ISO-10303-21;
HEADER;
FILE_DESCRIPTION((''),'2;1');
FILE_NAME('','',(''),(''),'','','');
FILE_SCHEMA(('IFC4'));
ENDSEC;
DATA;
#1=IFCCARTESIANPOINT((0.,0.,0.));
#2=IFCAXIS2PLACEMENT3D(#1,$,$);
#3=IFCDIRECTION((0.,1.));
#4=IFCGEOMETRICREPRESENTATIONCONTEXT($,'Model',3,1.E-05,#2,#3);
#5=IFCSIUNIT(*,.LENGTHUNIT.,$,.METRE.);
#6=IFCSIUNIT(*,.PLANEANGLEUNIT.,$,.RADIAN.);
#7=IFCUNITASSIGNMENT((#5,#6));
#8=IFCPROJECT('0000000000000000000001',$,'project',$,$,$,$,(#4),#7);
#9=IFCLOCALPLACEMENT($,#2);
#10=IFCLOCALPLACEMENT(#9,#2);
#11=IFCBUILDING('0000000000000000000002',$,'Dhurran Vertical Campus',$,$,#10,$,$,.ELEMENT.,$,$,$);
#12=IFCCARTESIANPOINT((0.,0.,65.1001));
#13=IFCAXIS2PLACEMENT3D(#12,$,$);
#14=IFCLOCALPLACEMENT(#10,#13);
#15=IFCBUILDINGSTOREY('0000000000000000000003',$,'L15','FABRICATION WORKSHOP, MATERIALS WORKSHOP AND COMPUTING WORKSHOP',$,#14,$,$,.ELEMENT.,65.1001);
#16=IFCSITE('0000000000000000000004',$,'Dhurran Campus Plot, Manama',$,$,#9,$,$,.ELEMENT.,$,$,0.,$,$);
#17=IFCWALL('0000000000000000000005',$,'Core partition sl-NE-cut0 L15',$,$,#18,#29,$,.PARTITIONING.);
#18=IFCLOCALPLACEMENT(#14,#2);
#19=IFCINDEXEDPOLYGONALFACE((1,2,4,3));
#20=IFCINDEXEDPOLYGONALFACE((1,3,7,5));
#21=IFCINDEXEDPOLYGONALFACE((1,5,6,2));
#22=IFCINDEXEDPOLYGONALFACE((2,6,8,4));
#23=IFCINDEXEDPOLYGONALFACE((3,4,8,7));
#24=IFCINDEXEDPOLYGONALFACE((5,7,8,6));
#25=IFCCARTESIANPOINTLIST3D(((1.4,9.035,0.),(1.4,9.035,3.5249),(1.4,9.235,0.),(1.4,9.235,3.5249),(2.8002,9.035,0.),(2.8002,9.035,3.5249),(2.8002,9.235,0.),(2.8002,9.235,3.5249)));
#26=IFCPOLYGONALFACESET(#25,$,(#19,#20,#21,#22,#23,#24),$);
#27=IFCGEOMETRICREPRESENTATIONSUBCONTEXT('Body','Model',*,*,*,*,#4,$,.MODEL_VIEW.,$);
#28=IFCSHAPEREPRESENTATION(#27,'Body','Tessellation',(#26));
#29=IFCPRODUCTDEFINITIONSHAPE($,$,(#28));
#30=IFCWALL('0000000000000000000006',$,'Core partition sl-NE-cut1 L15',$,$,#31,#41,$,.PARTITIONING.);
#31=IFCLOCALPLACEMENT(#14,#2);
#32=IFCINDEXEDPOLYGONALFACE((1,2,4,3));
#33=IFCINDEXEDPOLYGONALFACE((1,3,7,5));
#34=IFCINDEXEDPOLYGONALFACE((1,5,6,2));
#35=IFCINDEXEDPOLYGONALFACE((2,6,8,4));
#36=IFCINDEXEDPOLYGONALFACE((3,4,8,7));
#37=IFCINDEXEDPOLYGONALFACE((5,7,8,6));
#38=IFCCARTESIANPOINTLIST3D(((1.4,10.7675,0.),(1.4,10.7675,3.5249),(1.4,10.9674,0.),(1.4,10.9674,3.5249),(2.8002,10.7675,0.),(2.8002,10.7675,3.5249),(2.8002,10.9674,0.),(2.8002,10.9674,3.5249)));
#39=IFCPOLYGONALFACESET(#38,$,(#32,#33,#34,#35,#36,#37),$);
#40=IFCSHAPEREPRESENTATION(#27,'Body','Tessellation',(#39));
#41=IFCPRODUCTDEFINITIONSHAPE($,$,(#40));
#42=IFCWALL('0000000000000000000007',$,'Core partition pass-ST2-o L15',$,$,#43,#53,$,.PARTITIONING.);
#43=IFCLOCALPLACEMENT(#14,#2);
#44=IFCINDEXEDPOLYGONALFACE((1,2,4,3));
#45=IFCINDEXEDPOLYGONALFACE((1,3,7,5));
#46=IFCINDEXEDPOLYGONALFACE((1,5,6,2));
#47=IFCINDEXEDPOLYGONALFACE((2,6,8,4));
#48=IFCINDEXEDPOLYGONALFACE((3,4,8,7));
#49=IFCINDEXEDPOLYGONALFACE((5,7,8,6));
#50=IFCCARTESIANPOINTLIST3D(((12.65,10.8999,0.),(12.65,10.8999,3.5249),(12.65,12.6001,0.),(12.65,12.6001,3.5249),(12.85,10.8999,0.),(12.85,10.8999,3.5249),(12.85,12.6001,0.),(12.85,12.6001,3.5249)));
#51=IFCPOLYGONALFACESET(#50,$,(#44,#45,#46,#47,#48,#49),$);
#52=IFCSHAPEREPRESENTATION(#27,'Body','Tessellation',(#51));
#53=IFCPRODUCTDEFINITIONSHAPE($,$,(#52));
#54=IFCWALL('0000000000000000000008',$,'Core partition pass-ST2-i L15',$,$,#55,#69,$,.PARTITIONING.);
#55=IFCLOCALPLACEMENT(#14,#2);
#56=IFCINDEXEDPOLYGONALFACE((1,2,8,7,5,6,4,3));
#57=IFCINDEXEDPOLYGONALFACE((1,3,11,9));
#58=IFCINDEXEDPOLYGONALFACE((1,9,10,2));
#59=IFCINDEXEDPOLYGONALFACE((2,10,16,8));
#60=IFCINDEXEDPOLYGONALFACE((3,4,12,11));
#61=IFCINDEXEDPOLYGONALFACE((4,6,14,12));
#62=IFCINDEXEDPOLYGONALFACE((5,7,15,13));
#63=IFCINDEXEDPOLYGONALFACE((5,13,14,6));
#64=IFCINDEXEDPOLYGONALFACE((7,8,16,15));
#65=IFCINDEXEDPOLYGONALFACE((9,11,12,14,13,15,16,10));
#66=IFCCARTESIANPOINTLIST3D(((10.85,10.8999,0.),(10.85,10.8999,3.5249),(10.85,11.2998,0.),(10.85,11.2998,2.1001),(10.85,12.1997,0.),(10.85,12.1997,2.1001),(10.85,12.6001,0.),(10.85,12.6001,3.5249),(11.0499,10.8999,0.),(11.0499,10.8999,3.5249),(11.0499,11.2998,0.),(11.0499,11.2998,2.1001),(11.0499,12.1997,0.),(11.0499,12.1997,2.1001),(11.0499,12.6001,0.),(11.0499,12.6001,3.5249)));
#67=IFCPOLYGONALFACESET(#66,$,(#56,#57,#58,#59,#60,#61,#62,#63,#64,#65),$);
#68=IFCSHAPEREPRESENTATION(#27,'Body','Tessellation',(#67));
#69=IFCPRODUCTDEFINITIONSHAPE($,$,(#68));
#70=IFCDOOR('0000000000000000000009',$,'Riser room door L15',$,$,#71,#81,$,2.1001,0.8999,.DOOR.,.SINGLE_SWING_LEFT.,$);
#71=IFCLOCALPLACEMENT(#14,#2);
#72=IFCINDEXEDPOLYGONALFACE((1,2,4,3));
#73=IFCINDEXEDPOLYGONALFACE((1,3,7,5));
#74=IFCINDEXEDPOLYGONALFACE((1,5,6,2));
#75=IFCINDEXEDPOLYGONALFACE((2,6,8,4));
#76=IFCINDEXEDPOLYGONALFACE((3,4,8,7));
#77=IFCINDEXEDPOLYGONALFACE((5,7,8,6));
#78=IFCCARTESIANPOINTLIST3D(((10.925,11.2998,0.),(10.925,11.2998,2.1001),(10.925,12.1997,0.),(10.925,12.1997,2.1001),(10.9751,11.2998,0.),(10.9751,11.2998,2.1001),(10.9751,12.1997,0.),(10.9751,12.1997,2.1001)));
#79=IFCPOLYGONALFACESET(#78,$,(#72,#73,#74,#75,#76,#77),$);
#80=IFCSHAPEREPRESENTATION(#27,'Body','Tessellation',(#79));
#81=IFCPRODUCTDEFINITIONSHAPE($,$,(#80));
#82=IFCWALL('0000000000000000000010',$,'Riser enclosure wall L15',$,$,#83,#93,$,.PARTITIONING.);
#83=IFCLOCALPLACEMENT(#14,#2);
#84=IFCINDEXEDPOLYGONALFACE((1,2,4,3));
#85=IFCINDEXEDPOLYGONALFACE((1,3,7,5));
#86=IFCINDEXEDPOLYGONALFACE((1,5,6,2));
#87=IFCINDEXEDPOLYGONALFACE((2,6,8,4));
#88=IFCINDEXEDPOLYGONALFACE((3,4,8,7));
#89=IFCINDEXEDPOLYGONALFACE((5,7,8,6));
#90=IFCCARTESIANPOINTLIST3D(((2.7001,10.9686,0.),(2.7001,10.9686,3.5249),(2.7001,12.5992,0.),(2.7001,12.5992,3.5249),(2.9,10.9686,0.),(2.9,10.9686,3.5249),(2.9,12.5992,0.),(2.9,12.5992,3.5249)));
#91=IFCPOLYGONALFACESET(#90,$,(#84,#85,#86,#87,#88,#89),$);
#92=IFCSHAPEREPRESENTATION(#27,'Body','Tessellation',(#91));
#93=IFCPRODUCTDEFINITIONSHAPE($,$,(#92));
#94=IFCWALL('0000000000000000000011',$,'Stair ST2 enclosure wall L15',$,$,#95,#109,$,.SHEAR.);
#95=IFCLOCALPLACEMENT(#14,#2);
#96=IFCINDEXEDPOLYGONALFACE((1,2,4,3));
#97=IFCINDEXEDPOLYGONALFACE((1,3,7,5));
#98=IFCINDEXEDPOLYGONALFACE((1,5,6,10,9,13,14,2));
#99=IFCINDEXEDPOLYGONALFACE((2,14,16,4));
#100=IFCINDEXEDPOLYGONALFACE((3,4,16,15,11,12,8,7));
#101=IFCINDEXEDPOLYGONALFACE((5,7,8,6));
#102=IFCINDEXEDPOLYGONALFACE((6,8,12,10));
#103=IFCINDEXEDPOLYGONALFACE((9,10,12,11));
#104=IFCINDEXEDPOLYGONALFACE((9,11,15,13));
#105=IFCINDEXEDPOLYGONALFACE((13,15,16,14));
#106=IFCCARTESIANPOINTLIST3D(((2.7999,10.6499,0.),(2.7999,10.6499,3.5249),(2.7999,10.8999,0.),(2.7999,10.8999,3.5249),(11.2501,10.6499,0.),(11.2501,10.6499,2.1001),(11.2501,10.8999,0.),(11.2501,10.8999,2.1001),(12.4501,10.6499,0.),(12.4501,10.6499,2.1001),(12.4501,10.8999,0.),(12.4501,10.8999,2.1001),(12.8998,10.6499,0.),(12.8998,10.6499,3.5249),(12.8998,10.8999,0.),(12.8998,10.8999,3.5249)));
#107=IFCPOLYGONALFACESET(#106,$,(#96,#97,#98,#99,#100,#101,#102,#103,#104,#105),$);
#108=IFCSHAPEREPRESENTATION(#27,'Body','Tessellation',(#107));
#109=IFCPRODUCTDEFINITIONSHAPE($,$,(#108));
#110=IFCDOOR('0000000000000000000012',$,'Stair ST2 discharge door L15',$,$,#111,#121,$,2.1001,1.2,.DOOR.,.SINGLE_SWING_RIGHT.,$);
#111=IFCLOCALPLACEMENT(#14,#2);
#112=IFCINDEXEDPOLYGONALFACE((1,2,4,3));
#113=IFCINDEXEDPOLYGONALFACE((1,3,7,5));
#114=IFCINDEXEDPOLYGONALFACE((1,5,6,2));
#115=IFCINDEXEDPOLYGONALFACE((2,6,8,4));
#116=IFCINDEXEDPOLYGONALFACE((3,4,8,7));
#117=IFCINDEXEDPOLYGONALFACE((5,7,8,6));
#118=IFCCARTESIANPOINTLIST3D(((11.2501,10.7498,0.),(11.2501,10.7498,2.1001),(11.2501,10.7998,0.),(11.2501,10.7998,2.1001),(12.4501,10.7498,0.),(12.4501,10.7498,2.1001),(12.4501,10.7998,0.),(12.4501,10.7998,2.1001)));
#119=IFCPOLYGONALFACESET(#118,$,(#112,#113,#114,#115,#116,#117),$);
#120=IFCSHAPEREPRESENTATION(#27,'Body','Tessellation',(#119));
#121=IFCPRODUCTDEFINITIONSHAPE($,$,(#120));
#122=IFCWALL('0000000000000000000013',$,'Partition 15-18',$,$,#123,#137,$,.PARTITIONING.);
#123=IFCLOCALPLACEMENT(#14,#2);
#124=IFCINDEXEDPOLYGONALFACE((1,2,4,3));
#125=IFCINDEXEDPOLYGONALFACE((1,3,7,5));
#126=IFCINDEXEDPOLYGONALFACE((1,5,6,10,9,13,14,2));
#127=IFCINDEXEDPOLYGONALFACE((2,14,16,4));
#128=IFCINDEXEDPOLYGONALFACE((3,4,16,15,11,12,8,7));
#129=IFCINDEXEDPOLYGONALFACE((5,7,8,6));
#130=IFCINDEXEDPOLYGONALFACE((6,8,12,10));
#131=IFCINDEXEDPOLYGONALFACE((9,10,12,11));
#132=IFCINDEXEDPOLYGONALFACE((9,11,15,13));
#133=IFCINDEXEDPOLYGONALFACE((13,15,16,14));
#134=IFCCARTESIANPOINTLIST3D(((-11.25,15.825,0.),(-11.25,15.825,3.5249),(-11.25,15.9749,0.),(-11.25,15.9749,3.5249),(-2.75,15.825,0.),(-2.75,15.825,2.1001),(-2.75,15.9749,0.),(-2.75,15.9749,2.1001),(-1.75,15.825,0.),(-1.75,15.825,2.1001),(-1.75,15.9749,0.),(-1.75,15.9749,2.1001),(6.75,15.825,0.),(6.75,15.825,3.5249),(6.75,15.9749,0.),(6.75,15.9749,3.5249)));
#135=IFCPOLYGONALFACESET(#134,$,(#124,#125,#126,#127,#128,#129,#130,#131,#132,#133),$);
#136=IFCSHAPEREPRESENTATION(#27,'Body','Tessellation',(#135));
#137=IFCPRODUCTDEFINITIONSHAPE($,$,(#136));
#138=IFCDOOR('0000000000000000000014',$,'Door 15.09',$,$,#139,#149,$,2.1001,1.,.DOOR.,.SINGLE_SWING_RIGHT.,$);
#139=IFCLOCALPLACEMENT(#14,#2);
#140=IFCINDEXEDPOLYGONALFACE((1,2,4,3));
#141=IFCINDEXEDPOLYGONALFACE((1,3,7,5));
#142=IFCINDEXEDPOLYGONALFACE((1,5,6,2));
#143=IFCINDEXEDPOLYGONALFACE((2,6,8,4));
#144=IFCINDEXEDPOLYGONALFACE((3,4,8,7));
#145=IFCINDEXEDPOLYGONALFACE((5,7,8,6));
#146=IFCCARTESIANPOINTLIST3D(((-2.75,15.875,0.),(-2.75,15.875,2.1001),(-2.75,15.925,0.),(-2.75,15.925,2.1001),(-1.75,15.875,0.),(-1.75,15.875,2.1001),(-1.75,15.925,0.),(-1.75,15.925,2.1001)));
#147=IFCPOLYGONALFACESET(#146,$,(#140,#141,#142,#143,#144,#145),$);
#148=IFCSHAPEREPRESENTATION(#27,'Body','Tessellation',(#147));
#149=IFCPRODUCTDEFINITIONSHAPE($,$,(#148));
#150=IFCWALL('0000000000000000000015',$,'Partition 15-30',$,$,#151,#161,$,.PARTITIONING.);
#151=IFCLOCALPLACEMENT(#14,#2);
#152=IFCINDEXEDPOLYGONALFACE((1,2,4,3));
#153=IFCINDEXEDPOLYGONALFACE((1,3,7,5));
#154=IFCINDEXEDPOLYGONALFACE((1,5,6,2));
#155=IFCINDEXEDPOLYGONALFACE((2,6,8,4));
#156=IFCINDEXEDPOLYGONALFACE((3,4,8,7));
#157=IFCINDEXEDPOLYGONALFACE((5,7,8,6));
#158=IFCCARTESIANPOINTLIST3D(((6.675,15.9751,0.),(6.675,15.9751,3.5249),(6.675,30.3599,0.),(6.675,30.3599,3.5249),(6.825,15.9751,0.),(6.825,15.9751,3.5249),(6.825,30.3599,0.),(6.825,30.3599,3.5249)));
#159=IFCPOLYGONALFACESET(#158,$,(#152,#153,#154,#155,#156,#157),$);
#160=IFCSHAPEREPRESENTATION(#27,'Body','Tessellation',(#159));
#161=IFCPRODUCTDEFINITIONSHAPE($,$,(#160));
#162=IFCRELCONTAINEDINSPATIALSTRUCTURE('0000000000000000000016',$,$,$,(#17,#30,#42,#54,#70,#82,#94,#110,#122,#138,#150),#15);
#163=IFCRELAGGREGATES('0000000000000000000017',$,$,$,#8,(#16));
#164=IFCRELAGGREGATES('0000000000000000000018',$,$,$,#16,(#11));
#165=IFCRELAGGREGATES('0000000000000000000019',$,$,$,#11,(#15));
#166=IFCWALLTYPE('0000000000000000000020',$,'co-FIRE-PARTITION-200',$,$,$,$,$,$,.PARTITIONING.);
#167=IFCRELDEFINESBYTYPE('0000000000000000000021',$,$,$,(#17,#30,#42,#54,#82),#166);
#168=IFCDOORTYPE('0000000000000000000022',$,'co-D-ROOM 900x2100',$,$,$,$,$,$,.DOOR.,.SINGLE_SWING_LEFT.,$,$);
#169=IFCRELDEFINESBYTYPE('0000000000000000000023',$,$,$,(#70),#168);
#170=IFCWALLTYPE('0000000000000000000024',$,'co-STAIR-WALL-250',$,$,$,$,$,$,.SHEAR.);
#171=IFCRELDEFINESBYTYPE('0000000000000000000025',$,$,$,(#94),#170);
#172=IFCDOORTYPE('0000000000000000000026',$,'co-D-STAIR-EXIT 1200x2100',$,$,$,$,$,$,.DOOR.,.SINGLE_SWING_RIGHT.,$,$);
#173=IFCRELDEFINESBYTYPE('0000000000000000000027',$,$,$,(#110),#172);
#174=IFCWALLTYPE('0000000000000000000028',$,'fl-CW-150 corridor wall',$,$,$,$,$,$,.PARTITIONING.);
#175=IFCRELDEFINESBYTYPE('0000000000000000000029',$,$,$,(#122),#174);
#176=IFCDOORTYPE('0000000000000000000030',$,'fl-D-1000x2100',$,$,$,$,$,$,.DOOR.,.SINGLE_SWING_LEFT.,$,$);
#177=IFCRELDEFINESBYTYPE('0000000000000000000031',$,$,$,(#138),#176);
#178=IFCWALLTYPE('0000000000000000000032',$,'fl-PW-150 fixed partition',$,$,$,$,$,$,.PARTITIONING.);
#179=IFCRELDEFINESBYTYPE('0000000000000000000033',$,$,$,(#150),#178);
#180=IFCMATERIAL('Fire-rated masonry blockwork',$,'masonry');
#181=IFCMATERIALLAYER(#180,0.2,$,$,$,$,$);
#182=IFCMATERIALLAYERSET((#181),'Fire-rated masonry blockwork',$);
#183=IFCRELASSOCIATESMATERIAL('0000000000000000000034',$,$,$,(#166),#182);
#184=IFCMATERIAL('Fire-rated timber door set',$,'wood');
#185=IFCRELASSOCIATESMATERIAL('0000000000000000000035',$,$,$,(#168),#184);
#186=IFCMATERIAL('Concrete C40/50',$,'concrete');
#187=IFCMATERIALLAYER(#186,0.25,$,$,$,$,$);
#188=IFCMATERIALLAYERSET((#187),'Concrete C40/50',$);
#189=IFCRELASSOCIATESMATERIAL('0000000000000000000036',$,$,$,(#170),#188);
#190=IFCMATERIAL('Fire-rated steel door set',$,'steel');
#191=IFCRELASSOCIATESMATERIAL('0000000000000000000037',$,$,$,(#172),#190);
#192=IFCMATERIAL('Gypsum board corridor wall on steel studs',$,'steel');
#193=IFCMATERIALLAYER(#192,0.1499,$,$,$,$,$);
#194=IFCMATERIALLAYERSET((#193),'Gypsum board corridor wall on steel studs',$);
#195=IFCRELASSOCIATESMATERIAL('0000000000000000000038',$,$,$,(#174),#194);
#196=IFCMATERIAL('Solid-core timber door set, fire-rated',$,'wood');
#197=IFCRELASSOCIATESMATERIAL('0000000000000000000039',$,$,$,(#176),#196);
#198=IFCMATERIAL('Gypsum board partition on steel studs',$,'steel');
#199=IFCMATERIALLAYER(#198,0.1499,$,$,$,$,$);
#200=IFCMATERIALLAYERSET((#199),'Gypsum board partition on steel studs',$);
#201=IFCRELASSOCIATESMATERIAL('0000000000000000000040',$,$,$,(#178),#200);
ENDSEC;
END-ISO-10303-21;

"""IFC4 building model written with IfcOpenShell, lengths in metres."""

from ifc_helpers import new_model, si_unit, direction, frame, frame_2d, origin, place, context, subcontext, project, spatial, rectangle, extrude, material, layer, layer_set, type_object, element, fill, save


model = new_model("IFC4")

# Units and contexts
model_context = context("Model", 3, precision=1e-05, world=origin(), true_north=direction((0.0, 1.0)))
body_context = subcontext(model_context, "Body", "Model", "MODEL_VIEW")
ifc_project = project(units=[si_unit("LENGTHUNIT", "METRE"), si_unit("PLANEANGLEUNIT", "RADIAN")], contexts=[model_context])

# Site, building, storey
site_placement = place(None, origin())
site = spatial("IfcSite", under=ifc_project, at=site_placement, Name="Dhurran Campus Plot, Manama", CompositionType="ELEMENT", RefElevation=0.0)
building_placement = place(site_placement, origin())
building = spatial("IfcBuilding", under=site, at=building_placement, Name="Dhurran Vertical Campus", CompositionType="ELEMENT")
storey_placement = place(building_placement, frame((0.0, 0.0, 65.1001)))
storey = spatial("IfcBuildingStorey", under=building, at=storey_placement, Name="L15", Description="FABRICATION WORKSHOP, MATERIALS WORKSHOP AND COMPUTING WORKSHOP", CompositionType="ELEMENT", Elevation=65.1001)

# Walls
ifc_material_1 = material(Name="Fire-rated masonry blockwork", Category="masonry")
ifc_layer_1 = layer(ifc_material_1, 0.2)
ifc_layer_set_1 = layer_set([ifc_layer_1], Name="Fire-rated masonry blockwork")
wall_type_1 = type_object("IfcWallType", Name="co-FIRE-PARTITION-200", PredefinedType="PARTITIONING", material=ifc_layer_set_1)
for number, where, z_axis, x_axis, name in (
    (1, (1.3999, 9.135, 0.0), (0.0, 0.0, 1.0), (1.0, 0.0, 0.0), "Core partition sl-NE-cut0 L15"),
    (2, (1.3999, 10.8674, 0.0), (0.0, 0.0, 1.0), (1.0, 0.0, 0.0), "Core partition sl-NE-cut1 L15"),
):
    element("IfcWall", number, at=place(storey_placement, frame(where, z_axis=z_axis, x_axis=x_axis)), inside=storey, type_object=wall_type_1, Name=name, PredefinedType="PARTITIONING", context=body_context, shape_type="SweptSolid", body=[
        extrude(rectangle(XDim=1.4001, YDim=0.2, at=frame_2d((0.7002, 0.0))), origin(), (0.0, 0.0, 1.0), 3.5249),
    ])
wall_1_placement = place(storey_placement, frame((12.75, 10.8999, 0.0), z_axis=(0.0, 0.0, 1.0), x_axis=(0.0, 1.0, 0.0)))
element("IfcWall", 3, at=wall_1_placement, inside=storey, type_object=wall_type_1, Name="Core partition pass-ST2-o L15", PredefinedType="PARTITIONING", context=body_context, shape_type="SweptSolid", body=[
    extrude(rectangle(XDim=1.7002, YDim=0.2, at=frame_2d((0.8501, 0.0))), origin(), (0.0, 0.0, 1.0), 3.5249),
])

# Wall, opening, door
wall_2_placement = place(storey_placement, frame((10.95, 10.8999, 0.0), z_axis=(0.0, 0.0, 1.0), x_axis=(0.0, 1.0, 0.0)))
wall_2 = element("IfcWall", 4, at=wall_2_placement, inside=storey, type_object=wall_type_1, Name="Core partition pass-ST2-i L15", PredefinedType="PARTITIONING", context=body_context, shape_type="SweptSolid", body=[
    extrude(rectangle(XDim=1.7002, YDim=0.2, at=frame_2d((0.8501, 0.0))), origin(), (0.0, 0.0, 1.0), 3.5249),
])
opening_1_placement = place(wall_2_placement, frame((0.3999, 0.0, 0.0)))
opening_1 = element("IfcOpeningElement", 5, at=opening_1_placement, cuts=wall_2, PredefinedType="OPENING", context=body_context, shape_type="SweptSolid", body=[
    extrude(rectangle(XDim=0.8999, YDim=2.1001, at=frame_2d((0.45, 1.05))), frame((0.0, 0.1099, 0.0), z_axis=(0.0, -1.0, 0.0), x_axis=(1.0, 0.0, 0.0)), (0.0, 0.0, 1.0), 0.22),
])
ifc_material_2 = material(Name="Fire-rated timber door set", Category="wood")
door_type_1 = type_object("IfcDoorType", Name="co-D-ROOM 900x2100", OperationType="SINGLE_SWING_LEFT", PredefinedType="DOOR", material=ifc_material_2)
door_1_placement = place(opening_1_placement, origin())
door_1 = element("IfcDoor", 6, at=door_1_placement, inside=storey, type_object=door_type_1, Name="Riser room door L15", OperationType="SINGLE_SWING_LEFT", OverallHeight=2.1001, OverallWidth=0.8999, PredefinedType="DOOR", context=body_context, shape_type="SweptSolid", body=[
    extrude(rectangle(XDim=0.8999, YDim=2.1001, at=frame_2d((0.45, 1.05))), frame((0.0, 0.0249, 0.0), z_axis=(0.0, -1.0, 0.0), x_axis=(1.0, 0.0, 0.0)), (0.0, 0.0, 1.0), 0.05),
])
fill(opening_1, door_1)

# Wall
wall_3_placement = place(storey_placement, frame((2.8, 10.9685, 0.0), z_axis=(0.0, 0.0, 1.0), x_axis=(0.0, 1.0, 0.0)))
element("IfcWall", 7, at=wall_3_placement, inside=storey, type_object=wall_type_1, Name="Riser enclosure wall L15", PredefinedType="PARTITIONING", context=body_context, shape_type="SweptSolid", body=[
    extrude(rectangle(XDim=1.6306, YDim=0.2, at=frame_2d((0.8154, 0.0))), origin(), (0.0, 0.0, 1.0), 3.5249),
])

# Walls, openings, doors
ifc_material_3 = material(Name="Concrete C40/50", Category="concrete")
ifc_layer_2 = layer(ifc_material_3, 0.25)
ifc_layer_set_2 = layer_set([ifc_layer_2], Name="Concrete C40/50")
wall_type_2 = type_object("IfcWallType", Name="co-STAIR-WALL-250", PredefinedType="SHEAR", material=ifc_layer_set_2)
wall_4_placement = place(storey_placement, frame((2.8, 10.7749, 0.0), z_axis=(0.0, 0.0, 1.0), x_axis=(1.0, 0.0, 0.0)))
wall_4 = element("IfcWall", 8, at=wall_4_placement, inside=storey, type_object=wall_type_2, Name="Stair ST2 enclosure wall L15", PredefinedType="SHEAR", context=body_context, shape_type="SweptSolid", body=[
    extrude(rectangle(XDim=10.0999, YDim=0.25, at=frame_2d((5.0498, 0.0))), origin(), (0.0, 0.0, 1.0), 3.5249),
])
opening_2_placement = place(wall_4_placement, frame((8.45, 0.0, 0.0)))
opening_2 = element("IfcOpeningElement", 9, at=opening_2_placement, cuts=wall_4, PredefinedType="OPENING", context=body_context, shape_type="SweptSolid", body=[
    extrude(rectangle(XDim=1.2, YDim=2.1001, at=frame_2d((0.6001, 1.05))), frame((0.0, 0.135, 0.0), z_axis=(0.0, -1.0, 0.0), x_axis=(1.0, 0.0, 0.0)), (0.0, 0.0, 1.0), 0.27),
])
ifc_material_4 = material(Name="Fire-rated steel door set", Category="steel")
door_type_2 = type_object("IfcDoorType", Name="co-D-STAIR-EXIT 1200x2100", OperationType="SINGLE_SWING_RIGHT", PredefinedType="DOOR", material=ifc_material_4)
door_2_placement = place(opening_2_placement, origin())
door_2 = element("IfcDoor", 10, at=door_2_placement, inside=storey, type_object=door_type_2, Name="Stair ST2 discharge door L15", OperationType="SINGLE_SWING_RIGHT", OverallHeight=2.1001, OverallWidth=1.2, PredefinedType="DOOR", context=body_context, shape_type="SweptSolid", body=[
    extrude(rectangle(XDim=1.2, YDim=2.1001, at=frame_2d((0.6001, 1.05))), frame((0.0, 0.0249, 0.0), z_axis=(0.0, -1.0, 0.0), x_axis=(1.0, 0.0, 0.0)), (0.0, 0.0, 1.0), 0.05),
])
fill(opening_2, door_2)
ifc_material_5 = material(Name="Gypsum board corridor wall on steel studs", Category="steel")
ifc_layer_3 = layer(ifc_material_5, 0.1499)
ifc_layer_set_3 = layer_set([ifc_layer_3], Name="Gypsum board corridor wall on steel studs")
wall_type_3 = type_object("IfcWallType", Name="fl-CW-150 corridor wall", PredefinedType="PARTITIONING", material=ifc_layer_set_3)
wall_5_placement = place(storey_placement, frame((6.75, 15.8999, 0.0), z_axis=(0.0, 0.0, 1.0), x_axis=(-1.0, 0.0, 0.0)))
wall_5 = element("IfcWall", 11, at=wall_5_placement, inside=storey, type_object=wall_type_3, Name="Partition 15-18", PredefinedType="PARTITIONING", context=body_context, shape_type="SweptSolid", body=[
    extrude(rectangle(XDim=18.0, YDim=0.1499, at=frame_2d((9.0, 0.0))), origin(), (0.0, 0.0, 1.0), 3.5249),
])
opening_3_placement = place(wall_5_placement, frame((8.5, 0.0, 0.0)))
opening_3 = element("IfcOpeningElement", 12, at=opening_3_placement, cuts=wall_5, PredefinedType="OPENING", context=body_context, shape_type="SweptSolid", body=[
    extrude(rectangle(XDim=1.0, YDim=2.1001, at=frame_2d((0.5, 1.05))), frame((0.0, 0.085, 0.0), z_axis=(0.0, -1.0, 0.0), x_axis=(1.0, 0.0, 0.0)), (0.0, 0.0, 1.0), 0.1699),
])
ifc_material_6 = material(Name="Solid-core timber door set, fire-rated", Category="wood")
door_type_3 = type_object("IfcDoorType", Name="fl-D-1000x2100", OperationType="SINGLE_SWING_LEFT", PredefinedType="DOOR", material=ifc_material_6)
door_3_placement = place(opening_3_placement, origin())
door_3 = element("IfcDoor", 13, at=door_3_placement, inside=storey, type_object=door_type_3, Name="Door 15.09", OperationType="SINGLE_SWING_RIGHT", OverallHeight=2.1001, OverallWidth=1.0, PredefinedType="DOOR", context=body_context, shape_type="SweptSolid", body=[
    extrude(rectangle(XDim=1.0, YDim=2.1001, at=frame_2d((0.5, 1.05))), frame((0.0, 0.0249, 0.0), z_axis=(0.0, -1.0, 0.0), x_axis=(1.0, 0.0, 0.0)), (0.0, 0.0, 1.0), 0.05),
])
fill(opening_3, door_3)

# Wall
ifc_material_7 = material(Name="Gypsum board partition on steel studs", Category="steel")
ifc_layer_4 = layer(ifc_material_7, 0.1499)
ifc_layer_set_4 = layer_set([ifc_layer_4], Name="Gypsum board partition on steel studs")
wall_type_4 = type_object("IfcWallType", Name="fl-PW-150 fixed partition", PredefinedType="PARTITIONING", material=ifc_layer_set_4)
wall_6_placement = place(storey_placement, frame((6.75, 30.3599, 0.0), z_axis=(0.0, 0.0, 1.0), x_axis=(0.0, -1.0, 0.0)))
element("IfcWall", 14, at=wall_6_placement, inside=storey, type_object=wall_type_4, Name="Partition 15-30", PredefinedType="PARTITIONING", context=body_context, shape_type="SweptSolid", body=[
    extrude(rectangle(XDim=14.3848, YDim=0.1499, at=frame_2d((7.1924, 0.0))), origin(), (0.0, 0.0, 1.0), 3.5249),
])

save(model, "model.ifc")
